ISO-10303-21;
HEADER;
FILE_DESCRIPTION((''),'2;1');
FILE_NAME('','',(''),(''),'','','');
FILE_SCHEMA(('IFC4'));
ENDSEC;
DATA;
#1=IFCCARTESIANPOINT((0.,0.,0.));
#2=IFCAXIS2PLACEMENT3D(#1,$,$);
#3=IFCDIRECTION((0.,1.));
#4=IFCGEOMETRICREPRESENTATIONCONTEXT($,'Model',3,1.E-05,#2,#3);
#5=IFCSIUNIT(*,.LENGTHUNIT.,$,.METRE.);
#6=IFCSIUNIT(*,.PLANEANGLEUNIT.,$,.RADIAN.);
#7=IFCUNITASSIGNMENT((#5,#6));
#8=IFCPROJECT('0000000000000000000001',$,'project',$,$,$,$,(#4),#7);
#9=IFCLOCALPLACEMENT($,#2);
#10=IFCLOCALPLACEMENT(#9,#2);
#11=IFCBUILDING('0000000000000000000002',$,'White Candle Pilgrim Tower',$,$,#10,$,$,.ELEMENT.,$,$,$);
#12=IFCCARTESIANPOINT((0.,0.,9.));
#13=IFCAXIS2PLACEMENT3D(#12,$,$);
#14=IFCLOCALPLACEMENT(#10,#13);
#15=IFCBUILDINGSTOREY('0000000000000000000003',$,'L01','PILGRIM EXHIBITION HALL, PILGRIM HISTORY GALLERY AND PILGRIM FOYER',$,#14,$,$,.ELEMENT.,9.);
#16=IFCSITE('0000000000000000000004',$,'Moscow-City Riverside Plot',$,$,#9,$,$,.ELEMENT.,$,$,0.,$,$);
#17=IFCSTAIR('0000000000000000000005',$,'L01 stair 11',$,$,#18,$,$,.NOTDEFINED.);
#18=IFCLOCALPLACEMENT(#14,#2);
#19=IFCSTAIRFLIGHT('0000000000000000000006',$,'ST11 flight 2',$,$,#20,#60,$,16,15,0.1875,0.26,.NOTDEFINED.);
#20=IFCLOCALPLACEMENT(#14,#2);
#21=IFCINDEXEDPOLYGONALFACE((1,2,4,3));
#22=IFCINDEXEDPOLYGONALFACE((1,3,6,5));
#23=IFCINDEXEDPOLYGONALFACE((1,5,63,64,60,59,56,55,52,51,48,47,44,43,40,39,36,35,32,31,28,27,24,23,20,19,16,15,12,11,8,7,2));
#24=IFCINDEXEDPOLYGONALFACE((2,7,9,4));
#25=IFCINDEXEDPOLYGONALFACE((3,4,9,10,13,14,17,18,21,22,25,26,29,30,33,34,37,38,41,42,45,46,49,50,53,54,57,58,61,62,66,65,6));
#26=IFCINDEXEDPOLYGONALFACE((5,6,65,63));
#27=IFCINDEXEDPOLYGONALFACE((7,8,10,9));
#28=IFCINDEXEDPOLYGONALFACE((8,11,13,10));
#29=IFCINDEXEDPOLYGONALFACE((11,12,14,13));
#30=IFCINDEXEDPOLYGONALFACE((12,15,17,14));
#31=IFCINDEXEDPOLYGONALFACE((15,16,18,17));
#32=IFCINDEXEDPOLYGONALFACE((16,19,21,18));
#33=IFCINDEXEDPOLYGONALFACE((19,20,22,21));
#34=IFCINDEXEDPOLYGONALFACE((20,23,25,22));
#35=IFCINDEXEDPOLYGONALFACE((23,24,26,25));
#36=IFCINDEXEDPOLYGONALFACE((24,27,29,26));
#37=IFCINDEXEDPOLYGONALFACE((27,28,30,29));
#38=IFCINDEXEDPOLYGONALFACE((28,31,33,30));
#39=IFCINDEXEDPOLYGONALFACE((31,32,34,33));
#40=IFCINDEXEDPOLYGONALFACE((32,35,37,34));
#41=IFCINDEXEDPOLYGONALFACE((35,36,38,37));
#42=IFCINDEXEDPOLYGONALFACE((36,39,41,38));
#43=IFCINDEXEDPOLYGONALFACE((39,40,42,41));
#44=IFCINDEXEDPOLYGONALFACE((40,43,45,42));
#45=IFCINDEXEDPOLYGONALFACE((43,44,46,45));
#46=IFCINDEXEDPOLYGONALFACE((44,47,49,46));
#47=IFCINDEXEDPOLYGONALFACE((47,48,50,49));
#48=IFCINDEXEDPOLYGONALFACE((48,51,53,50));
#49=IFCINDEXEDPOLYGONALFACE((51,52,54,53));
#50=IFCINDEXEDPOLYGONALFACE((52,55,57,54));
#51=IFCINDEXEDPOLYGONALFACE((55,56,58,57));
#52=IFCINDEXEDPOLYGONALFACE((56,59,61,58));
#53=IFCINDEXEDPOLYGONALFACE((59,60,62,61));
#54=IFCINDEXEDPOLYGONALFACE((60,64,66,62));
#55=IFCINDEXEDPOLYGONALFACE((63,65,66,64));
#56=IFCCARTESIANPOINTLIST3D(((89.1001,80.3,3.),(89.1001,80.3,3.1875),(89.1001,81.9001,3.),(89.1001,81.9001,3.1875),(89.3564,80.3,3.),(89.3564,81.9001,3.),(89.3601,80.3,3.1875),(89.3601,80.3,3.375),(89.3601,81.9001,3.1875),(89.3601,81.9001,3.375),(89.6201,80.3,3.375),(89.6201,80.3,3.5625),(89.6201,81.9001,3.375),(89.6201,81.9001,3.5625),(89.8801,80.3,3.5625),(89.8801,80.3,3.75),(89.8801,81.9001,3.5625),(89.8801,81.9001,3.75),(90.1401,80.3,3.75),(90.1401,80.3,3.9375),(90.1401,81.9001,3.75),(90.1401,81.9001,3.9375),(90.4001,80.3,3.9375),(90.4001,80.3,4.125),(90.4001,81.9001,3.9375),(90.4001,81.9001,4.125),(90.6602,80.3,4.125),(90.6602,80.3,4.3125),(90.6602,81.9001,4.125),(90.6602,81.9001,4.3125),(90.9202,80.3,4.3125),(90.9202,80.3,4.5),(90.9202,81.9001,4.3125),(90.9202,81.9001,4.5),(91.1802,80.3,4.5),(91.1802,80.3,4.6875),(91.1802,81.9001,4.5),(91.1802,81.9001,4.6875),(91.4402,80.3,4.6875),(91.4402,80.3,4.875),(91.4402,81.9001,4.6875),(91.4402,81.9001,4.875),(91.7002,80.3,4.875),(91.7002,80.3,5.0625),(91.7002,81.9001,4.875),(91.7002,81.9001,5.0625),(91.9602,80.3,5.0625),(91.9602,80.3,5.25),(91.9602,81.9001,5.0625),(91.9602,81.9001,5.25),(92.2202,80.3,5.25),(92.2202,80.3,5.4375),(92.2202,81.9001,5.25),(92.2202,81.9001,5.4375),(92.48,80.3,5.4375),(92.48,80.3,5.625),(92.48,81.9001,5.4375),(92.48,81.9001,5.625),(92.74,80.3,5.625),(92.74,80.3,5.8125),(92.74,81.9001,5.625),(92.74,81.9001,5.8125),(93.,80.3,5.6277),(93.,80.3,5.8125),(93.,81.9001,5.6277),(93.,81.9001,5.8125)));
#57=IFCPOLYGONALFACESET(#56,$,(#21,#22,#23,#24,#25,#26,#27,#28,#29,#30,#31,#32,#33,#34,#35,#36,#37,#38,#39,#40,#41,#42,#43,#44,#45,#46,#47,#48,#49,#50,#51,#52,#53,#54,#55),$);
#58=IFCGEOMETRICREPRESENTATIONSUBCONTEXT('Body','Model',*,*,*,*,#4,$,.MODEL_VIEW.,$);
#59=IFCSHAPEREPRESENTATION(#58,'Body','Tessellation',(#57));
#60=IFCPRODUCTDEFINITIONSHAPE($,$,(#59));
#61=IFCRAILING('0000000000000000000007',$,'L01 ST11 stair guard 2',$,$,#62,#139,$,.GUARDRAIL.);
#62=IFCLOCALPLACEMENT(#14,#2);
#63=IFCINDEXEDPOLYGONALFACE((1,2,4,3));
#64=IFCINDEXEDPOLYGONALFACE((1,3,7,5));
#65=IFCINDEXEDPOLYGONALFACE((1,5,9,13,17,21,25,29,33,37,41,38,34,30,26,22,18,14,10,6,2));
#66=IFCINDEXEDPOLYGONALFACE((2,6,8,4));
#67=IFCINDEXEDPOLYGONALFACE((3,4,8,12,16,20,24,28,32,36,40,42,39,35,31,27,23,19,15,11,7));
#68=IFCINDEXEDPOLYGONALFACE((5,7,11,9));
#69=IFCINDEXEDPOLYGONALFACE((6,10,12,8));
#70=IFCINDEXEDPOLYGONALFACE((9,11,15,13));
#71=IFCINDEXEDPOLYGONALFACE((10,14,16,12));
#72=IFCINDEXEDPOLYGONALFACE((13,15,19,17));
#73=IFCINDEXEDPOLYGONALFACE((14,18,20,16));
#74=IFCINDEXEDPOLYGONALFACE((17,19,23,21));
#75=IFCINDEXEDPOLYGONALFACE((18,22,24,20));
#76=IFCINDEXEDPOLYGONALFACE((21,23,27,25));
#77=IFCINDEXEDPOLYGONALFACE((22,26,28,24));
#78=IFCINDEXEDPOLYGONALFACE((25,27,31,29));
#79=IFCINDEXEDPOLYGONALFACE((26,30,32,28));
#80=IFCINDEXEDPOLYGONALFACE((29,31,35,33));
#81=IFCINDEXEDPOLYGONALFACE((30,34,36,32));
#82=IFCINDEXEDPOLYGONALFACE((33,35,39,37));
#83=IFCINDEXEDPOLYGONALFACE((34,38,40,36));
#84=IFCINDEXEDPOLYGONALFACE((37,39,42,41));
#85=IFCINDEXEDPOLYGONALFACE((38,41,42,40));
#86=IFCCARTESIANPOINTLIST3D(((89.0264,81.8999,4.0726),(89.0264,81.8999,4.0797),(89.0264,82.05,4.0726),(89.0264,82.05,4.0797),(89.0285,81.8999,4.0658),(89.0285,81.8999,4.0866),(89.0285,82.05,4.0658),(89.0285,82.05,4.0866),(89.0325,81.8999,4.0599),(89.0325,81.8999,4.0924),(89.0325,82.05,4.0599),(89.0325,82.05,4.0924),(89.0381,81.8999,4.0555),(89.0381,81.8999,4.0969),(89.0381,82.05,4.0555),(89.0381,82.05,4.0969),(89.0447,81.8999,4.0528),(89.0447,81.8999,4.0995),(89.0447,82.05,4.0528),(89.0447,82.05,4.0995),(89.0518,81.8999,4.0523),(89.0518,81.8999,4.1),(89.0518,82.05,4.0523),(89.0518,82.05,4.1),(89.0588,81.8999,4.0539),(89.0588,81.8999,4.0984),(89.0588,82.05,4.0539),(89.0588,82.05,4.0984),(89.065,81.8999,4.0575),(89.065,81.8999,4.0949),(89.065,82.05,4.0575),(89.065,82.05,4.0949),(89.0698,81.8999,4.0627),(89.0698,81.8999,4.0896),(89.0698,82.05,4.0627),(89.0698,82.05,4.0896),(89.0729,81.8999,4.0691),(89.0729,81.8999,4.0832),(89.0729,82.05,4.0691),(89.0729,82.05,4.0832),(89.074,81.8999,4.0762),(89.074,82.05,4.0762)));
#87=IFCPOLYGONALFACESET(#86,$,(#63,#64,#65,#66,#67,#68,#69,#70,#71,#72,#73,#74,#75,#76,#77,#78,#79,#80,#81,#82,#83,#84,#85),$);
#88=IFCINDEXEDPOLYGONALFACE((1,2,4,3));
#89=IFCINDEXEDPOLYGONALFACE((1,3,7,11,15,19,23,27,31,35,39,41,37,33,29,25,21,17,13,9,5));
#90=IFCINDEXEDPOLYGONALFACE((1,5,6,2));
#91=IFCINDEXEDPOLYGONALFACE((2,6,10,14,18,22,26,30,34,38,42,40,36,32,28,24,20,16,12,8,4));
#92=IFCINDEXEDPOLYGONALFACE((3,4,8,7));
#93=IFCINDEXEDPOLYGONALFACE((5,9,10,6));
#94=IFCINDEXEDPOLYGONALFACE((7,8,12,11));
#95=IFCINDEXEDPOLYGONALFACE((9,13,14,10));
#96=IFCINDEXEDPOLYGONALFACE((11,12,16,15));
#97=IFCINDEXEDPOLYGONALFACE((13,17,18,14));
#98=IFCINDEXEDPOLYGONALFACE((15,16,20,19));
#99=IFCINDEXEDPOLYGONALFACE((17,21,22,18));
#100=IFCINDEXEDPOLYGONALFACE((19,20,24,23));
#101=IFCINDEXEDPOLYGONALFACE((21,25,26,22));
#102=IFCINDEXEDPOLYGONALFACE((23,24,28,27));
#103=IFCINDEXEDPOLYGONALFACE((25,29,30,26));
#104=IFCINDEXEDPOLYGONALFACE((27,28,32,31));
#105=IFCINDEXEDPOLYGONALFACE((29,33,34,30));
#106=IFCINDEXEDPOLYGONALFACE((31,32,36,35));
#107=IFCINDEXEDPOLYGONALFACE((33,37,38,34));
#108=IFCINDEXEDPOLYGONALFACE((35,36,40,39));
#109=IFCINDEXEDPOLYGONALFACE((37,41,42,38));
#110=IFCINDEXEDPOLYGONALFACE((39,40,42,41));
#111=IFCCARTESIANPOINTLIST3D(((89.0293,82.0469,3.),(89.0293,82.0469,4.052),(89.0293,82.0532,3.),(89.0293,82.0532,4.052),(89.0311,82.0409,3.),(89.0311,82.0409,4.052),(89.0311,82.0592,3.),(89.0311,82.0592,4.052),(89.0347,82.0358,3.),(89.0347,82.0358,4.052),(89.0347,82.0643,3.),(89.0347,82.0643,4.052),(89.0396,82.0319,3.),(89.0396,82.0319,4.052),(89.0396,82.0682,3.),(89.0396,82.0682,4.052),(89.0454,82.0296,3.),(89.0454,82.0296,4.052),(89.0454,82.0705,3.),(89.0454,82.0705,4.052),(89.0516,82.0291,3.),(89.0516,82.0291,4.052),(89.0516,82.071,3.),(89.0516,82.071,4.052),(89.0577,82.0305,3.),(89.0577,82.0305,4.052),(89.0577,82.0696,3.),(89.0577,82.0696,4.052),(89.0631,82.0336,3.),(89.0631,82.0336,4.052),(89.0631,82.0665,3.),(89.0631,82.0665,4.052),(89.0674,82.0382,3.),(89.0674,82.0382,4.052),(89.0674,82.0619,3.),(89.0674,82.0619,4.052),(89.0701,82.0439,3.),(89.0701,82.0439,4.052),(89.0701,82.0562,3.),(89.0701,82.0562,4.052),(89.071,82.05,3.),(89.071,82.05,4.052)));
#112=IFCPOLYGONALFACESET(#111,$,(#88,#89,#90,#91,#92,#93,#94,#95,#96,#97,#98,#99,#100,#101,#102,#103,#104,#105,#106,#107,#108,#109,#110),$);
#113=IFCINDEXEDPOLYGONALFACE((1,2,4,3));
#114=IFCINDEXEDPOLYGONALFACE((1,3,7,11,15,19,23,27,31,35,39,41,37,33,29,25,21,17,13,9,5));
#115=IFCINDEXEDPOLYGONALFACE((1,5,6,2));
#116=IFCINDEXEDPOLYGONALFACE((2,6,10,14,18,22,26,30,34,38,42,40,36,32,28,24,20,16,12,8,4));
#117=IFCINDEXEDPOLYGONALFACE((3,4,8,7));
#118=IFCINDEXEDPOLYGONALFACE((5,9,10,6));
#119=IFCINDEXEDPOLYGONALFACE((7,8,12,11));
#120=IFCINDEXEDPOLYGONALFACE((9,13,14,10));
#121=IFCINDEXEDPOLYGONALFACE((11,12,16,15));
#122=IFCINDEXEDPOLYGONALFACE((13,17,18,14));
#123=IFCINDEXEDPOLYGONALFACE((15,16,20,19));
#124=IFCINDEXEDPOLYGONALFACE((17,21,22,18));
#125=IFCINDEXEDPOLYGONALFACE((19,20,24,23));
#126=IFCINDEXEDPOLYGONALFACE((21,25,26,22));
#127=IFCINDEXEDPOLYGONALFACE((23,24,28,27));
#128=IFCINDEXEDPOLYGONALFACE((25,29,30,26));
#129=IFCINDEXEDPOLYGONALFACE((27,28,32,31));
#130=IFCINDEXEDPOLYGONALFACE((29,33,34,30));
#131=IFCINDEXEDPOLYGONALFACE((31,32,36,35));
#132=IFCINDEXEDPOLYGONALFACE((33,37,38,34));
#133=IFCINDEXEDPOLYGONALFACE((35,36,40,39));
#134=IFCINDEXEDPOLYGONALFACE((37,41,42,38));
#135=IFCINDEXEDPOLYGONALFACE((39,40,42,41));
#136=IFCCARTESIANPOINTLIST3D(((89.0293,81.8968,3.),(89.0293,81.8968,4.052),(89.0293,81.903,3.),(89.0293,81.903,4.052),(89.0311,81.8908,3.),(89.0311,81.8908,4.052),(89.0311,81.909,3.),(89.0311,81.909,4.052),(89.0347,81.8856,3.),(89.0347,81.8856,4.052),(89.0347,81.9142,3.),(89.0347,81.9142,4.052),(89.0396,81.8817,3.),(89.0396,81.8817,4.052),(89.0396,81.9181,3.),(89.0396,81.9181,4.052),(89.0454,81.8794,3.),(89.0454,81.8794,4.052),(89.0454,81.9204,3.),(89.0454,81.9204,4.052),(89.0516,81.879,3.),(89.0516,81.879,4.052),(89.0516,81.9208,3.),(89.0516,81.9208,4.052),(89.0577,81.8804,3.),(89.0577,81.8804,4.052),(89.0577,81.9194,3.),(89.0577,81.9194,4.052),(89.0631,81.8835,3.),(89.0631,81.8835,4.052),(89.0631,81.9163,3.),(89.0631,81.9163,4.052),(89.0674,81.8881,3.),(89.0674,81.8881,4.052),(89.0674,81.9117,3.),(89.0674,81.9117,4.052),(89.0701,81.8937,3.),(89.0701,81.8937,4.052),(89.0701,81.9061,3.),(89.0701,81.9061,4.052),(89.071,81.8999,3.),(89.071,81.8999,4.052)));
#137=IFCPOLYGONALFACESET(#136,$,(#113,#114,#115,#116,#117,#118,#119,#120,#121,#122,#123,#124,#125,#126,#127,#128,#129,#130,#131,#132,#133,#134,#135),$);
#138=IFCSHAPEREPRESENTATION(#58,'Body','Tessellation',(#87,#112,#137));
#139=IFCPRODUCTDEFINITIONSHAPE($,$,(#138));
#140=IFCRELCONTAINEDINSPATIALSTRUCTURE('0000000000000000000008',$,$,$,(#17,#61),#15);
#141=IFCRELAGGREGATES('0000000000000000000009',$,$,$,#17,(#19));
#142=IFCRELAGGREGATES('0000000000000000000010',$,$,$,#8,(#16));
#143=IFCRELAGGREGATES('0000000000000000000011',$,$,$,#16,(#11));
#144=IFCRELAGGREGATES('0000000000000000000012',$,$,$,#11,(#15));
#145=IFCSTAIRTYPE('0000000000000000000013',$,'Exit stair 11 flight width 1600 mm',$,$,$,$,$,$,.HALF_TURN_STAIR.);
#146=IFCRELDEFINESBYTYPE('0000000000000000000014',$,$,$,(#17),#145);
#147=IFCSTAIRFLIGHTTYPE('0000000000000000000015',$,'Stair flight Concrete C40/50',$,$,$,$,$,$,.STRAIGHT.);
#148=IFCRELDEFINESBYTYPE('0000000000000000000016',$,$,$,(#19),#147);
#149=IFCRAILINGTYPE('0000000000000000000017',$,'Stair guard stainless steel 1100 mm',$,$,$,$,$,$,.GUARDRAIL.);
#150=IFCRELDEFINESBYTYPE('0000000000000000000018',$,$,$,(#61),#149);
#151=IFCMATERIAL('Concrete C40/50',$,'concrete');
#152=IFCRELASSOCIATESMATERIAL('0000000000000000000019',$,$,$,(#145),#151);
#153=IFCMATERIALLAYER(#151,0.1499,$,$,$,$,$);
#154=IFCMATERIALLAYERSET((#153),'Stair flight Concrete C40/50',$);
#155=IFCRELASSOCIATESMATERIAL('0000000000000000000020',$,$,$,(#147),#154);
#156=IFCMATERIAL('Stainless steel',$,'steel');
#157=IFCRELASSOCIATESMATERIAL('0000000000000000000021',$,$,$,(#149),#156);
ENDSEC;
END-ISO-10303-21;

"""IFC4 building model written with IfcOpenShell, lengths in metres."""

from ifc_helpers import new_model, si_unit, direction, frame, origin, origin_2d, place, context, subcontext, project, spatial, polyline, circle, outline, extrude, material, layer, layer_set, type_object, element, aggregate, save


model = new_model("IFC4")

# Units and contexts
model_context = context("Model", 3, precision=1e-05, world=origin(), true_north=direction((0.0, 1.0)))
body_context = subcontext(model_context, "Body", "Model", "MODEL_VIEW")
ifc_project = project(units=[si_unit("LENGTHUNIT", "METRE"), si_unit("PLANEANGLEUNIT", "RADIAN")], contexts=[model_context])

# Site, building, storey
site_placement = place(None, origin())
site = spatial("IfcSite", under=ifc_project, at=site_placement, Name="Moscow-City Riverside Plot", CompositionType="ELEMENT", RefElevation=0.0)
building_placement = place(site_placement, origin())
building = spatial("IfcBuilding", under=site, at=building_placement, Name="White Candle Pilgrim Tower", CompositionType="ELEMENT")
storey_placement = place(building_placement, frame((0.0, 0.0, 9.0)))
storey = spatial("IfcBuildingStorey", under=building, at=storey_placement, Name="L01", Description="PILGRIM EXHIBITION HALL, PILGRIM HISTORY GALLERY AND PILGRIM FOYER", CompositionType="ELEMENT", Elevation=9.0)

# Stair, stair flight
ifc_material_1 = material(Name="Concrete C40/50", Category="concrete")
stair_type = type_object("IfcStairType", Name="Exit stair 11 flight width 1600 mm", PredefinedType="HALF_TURN_STAIR", material=ifc_material_1)
stair_placement = place(storey_placement, origin())
stair = element("IfcStair", 1, at=stair_placement, inside=storey, type_object=stair_type, Name="L01 stair 11", PredefinedType="NOTDEFINED")
ifc_layer_1 = layer(ifc_material_1, 0.1499)
ifc_layer_set_1 = layer_set([ifc_layer_1], Name="Stair flight Concrete C40/50")
stair_flight_type = type_object("IfcStairFlightType", Name="Stair flight Concrete C40/50", PredefinedType="STRAIGHT", material=ifc_layer_set_1)
stair_flight_placement = place(storey_placement, frame((89.1001, 81.1001, 3.0), z_axis=(0.0, 0.0, 1.0), x_axis=(1.0, 0.0, 0.0)))
stair_flight = element("IfcStairFlight", 2, at=stair_flight_placement, type_object=stair_flight_type, Name="ST11 flight 2", NumberOfRisers=16, NumberOfTreads=15, PredefinedType="NOTDEFINED", RiserHeight=0.1875, TreadLength=0.26, context=body_context, shape_type="SweptSolid", body=[
    extrude(outline(polyline([(0.0, 0.0), (0.0, 0.1875), (0.26, 0.1875), (0.26, 0.375), (0.52, 0.375), (0.52, 0.5625), (0.78, 0.5625), (0.78, 0.75), (1.04, 0.75), (1.04, 0.9375), (1.3, 0.9375), (1.3, 1.125), (1.5601, 1.125), (1.5601, 1.3125), (1.8201, 1.3125), (1.8201, 1.5), (2.0801, 1.5), (2.0801, 1.6875), (2.3401, 1.6875), (2.3401, 1.875), (2.6001, 1.875), (2.6001, 2.0625), (2.8601, 2.0625), (2.8601, 2.25), (3.1201, 2.25), (3.1201, 2.4375), (3.3799, 2.4375), (3.3799, 2.625), (3.6399, 2.625), (3.6399, 2.8125), (3.8999, 2.8125), (3.8999, 3.0), (3.8999, 2.6277), (0.2563, 0.0), (0.0, 0.0)])), frame((0.0, 0.8, 0.0), z_axis=(0.0, -1.0, 0.0), x_axis=(1.0, 0.0, 0.0)), (0.0, 0.0, 1.0), 1.6001),
])
aggregate(stair, [stair_flight])

# Railing
ifc_material_2 = material(Name="Stainless steel", Category="steel")
railing_type_1 = type_object("IfcRailingType", Name="Stair guard stainless steel 1100 mm", PredefinedType="GUARDRAIL", material=ifc_material_2)
railing_1_placement = place(storey_placement, frame((89.05, 82.05, 3.0)))
element("IfcRailing", 3, at=railing_1_placement, inside=storey, type_object=railing_type_1, Name="L01 ST11 stair guard 2", PredefinedType="GUARDRAIL", context=body_context, shape_type="SweptSolid", body=[
    extrude(circle(Radius=0.0239, at=origin_2d()), frame((0.0, 0.0, 1.0762), z_axis=(0.0, -1.0, 0.0), x_axis=(1.0, 0.0, 0.0)), (0.0, 0.0, 1.0), 0.1501),
    extrude(circle(Radius=0.021, at=origin_2d()), origin(), (0.0, 0.0, 1.0), 1.052),
    extrude(circle(Radius=0.021, at=origin_2d()), frame((0.0, -0.1501, 0.0)), (0.0, 0.0, 1.0), 1.052),
])

save(model, "model.ifc")
